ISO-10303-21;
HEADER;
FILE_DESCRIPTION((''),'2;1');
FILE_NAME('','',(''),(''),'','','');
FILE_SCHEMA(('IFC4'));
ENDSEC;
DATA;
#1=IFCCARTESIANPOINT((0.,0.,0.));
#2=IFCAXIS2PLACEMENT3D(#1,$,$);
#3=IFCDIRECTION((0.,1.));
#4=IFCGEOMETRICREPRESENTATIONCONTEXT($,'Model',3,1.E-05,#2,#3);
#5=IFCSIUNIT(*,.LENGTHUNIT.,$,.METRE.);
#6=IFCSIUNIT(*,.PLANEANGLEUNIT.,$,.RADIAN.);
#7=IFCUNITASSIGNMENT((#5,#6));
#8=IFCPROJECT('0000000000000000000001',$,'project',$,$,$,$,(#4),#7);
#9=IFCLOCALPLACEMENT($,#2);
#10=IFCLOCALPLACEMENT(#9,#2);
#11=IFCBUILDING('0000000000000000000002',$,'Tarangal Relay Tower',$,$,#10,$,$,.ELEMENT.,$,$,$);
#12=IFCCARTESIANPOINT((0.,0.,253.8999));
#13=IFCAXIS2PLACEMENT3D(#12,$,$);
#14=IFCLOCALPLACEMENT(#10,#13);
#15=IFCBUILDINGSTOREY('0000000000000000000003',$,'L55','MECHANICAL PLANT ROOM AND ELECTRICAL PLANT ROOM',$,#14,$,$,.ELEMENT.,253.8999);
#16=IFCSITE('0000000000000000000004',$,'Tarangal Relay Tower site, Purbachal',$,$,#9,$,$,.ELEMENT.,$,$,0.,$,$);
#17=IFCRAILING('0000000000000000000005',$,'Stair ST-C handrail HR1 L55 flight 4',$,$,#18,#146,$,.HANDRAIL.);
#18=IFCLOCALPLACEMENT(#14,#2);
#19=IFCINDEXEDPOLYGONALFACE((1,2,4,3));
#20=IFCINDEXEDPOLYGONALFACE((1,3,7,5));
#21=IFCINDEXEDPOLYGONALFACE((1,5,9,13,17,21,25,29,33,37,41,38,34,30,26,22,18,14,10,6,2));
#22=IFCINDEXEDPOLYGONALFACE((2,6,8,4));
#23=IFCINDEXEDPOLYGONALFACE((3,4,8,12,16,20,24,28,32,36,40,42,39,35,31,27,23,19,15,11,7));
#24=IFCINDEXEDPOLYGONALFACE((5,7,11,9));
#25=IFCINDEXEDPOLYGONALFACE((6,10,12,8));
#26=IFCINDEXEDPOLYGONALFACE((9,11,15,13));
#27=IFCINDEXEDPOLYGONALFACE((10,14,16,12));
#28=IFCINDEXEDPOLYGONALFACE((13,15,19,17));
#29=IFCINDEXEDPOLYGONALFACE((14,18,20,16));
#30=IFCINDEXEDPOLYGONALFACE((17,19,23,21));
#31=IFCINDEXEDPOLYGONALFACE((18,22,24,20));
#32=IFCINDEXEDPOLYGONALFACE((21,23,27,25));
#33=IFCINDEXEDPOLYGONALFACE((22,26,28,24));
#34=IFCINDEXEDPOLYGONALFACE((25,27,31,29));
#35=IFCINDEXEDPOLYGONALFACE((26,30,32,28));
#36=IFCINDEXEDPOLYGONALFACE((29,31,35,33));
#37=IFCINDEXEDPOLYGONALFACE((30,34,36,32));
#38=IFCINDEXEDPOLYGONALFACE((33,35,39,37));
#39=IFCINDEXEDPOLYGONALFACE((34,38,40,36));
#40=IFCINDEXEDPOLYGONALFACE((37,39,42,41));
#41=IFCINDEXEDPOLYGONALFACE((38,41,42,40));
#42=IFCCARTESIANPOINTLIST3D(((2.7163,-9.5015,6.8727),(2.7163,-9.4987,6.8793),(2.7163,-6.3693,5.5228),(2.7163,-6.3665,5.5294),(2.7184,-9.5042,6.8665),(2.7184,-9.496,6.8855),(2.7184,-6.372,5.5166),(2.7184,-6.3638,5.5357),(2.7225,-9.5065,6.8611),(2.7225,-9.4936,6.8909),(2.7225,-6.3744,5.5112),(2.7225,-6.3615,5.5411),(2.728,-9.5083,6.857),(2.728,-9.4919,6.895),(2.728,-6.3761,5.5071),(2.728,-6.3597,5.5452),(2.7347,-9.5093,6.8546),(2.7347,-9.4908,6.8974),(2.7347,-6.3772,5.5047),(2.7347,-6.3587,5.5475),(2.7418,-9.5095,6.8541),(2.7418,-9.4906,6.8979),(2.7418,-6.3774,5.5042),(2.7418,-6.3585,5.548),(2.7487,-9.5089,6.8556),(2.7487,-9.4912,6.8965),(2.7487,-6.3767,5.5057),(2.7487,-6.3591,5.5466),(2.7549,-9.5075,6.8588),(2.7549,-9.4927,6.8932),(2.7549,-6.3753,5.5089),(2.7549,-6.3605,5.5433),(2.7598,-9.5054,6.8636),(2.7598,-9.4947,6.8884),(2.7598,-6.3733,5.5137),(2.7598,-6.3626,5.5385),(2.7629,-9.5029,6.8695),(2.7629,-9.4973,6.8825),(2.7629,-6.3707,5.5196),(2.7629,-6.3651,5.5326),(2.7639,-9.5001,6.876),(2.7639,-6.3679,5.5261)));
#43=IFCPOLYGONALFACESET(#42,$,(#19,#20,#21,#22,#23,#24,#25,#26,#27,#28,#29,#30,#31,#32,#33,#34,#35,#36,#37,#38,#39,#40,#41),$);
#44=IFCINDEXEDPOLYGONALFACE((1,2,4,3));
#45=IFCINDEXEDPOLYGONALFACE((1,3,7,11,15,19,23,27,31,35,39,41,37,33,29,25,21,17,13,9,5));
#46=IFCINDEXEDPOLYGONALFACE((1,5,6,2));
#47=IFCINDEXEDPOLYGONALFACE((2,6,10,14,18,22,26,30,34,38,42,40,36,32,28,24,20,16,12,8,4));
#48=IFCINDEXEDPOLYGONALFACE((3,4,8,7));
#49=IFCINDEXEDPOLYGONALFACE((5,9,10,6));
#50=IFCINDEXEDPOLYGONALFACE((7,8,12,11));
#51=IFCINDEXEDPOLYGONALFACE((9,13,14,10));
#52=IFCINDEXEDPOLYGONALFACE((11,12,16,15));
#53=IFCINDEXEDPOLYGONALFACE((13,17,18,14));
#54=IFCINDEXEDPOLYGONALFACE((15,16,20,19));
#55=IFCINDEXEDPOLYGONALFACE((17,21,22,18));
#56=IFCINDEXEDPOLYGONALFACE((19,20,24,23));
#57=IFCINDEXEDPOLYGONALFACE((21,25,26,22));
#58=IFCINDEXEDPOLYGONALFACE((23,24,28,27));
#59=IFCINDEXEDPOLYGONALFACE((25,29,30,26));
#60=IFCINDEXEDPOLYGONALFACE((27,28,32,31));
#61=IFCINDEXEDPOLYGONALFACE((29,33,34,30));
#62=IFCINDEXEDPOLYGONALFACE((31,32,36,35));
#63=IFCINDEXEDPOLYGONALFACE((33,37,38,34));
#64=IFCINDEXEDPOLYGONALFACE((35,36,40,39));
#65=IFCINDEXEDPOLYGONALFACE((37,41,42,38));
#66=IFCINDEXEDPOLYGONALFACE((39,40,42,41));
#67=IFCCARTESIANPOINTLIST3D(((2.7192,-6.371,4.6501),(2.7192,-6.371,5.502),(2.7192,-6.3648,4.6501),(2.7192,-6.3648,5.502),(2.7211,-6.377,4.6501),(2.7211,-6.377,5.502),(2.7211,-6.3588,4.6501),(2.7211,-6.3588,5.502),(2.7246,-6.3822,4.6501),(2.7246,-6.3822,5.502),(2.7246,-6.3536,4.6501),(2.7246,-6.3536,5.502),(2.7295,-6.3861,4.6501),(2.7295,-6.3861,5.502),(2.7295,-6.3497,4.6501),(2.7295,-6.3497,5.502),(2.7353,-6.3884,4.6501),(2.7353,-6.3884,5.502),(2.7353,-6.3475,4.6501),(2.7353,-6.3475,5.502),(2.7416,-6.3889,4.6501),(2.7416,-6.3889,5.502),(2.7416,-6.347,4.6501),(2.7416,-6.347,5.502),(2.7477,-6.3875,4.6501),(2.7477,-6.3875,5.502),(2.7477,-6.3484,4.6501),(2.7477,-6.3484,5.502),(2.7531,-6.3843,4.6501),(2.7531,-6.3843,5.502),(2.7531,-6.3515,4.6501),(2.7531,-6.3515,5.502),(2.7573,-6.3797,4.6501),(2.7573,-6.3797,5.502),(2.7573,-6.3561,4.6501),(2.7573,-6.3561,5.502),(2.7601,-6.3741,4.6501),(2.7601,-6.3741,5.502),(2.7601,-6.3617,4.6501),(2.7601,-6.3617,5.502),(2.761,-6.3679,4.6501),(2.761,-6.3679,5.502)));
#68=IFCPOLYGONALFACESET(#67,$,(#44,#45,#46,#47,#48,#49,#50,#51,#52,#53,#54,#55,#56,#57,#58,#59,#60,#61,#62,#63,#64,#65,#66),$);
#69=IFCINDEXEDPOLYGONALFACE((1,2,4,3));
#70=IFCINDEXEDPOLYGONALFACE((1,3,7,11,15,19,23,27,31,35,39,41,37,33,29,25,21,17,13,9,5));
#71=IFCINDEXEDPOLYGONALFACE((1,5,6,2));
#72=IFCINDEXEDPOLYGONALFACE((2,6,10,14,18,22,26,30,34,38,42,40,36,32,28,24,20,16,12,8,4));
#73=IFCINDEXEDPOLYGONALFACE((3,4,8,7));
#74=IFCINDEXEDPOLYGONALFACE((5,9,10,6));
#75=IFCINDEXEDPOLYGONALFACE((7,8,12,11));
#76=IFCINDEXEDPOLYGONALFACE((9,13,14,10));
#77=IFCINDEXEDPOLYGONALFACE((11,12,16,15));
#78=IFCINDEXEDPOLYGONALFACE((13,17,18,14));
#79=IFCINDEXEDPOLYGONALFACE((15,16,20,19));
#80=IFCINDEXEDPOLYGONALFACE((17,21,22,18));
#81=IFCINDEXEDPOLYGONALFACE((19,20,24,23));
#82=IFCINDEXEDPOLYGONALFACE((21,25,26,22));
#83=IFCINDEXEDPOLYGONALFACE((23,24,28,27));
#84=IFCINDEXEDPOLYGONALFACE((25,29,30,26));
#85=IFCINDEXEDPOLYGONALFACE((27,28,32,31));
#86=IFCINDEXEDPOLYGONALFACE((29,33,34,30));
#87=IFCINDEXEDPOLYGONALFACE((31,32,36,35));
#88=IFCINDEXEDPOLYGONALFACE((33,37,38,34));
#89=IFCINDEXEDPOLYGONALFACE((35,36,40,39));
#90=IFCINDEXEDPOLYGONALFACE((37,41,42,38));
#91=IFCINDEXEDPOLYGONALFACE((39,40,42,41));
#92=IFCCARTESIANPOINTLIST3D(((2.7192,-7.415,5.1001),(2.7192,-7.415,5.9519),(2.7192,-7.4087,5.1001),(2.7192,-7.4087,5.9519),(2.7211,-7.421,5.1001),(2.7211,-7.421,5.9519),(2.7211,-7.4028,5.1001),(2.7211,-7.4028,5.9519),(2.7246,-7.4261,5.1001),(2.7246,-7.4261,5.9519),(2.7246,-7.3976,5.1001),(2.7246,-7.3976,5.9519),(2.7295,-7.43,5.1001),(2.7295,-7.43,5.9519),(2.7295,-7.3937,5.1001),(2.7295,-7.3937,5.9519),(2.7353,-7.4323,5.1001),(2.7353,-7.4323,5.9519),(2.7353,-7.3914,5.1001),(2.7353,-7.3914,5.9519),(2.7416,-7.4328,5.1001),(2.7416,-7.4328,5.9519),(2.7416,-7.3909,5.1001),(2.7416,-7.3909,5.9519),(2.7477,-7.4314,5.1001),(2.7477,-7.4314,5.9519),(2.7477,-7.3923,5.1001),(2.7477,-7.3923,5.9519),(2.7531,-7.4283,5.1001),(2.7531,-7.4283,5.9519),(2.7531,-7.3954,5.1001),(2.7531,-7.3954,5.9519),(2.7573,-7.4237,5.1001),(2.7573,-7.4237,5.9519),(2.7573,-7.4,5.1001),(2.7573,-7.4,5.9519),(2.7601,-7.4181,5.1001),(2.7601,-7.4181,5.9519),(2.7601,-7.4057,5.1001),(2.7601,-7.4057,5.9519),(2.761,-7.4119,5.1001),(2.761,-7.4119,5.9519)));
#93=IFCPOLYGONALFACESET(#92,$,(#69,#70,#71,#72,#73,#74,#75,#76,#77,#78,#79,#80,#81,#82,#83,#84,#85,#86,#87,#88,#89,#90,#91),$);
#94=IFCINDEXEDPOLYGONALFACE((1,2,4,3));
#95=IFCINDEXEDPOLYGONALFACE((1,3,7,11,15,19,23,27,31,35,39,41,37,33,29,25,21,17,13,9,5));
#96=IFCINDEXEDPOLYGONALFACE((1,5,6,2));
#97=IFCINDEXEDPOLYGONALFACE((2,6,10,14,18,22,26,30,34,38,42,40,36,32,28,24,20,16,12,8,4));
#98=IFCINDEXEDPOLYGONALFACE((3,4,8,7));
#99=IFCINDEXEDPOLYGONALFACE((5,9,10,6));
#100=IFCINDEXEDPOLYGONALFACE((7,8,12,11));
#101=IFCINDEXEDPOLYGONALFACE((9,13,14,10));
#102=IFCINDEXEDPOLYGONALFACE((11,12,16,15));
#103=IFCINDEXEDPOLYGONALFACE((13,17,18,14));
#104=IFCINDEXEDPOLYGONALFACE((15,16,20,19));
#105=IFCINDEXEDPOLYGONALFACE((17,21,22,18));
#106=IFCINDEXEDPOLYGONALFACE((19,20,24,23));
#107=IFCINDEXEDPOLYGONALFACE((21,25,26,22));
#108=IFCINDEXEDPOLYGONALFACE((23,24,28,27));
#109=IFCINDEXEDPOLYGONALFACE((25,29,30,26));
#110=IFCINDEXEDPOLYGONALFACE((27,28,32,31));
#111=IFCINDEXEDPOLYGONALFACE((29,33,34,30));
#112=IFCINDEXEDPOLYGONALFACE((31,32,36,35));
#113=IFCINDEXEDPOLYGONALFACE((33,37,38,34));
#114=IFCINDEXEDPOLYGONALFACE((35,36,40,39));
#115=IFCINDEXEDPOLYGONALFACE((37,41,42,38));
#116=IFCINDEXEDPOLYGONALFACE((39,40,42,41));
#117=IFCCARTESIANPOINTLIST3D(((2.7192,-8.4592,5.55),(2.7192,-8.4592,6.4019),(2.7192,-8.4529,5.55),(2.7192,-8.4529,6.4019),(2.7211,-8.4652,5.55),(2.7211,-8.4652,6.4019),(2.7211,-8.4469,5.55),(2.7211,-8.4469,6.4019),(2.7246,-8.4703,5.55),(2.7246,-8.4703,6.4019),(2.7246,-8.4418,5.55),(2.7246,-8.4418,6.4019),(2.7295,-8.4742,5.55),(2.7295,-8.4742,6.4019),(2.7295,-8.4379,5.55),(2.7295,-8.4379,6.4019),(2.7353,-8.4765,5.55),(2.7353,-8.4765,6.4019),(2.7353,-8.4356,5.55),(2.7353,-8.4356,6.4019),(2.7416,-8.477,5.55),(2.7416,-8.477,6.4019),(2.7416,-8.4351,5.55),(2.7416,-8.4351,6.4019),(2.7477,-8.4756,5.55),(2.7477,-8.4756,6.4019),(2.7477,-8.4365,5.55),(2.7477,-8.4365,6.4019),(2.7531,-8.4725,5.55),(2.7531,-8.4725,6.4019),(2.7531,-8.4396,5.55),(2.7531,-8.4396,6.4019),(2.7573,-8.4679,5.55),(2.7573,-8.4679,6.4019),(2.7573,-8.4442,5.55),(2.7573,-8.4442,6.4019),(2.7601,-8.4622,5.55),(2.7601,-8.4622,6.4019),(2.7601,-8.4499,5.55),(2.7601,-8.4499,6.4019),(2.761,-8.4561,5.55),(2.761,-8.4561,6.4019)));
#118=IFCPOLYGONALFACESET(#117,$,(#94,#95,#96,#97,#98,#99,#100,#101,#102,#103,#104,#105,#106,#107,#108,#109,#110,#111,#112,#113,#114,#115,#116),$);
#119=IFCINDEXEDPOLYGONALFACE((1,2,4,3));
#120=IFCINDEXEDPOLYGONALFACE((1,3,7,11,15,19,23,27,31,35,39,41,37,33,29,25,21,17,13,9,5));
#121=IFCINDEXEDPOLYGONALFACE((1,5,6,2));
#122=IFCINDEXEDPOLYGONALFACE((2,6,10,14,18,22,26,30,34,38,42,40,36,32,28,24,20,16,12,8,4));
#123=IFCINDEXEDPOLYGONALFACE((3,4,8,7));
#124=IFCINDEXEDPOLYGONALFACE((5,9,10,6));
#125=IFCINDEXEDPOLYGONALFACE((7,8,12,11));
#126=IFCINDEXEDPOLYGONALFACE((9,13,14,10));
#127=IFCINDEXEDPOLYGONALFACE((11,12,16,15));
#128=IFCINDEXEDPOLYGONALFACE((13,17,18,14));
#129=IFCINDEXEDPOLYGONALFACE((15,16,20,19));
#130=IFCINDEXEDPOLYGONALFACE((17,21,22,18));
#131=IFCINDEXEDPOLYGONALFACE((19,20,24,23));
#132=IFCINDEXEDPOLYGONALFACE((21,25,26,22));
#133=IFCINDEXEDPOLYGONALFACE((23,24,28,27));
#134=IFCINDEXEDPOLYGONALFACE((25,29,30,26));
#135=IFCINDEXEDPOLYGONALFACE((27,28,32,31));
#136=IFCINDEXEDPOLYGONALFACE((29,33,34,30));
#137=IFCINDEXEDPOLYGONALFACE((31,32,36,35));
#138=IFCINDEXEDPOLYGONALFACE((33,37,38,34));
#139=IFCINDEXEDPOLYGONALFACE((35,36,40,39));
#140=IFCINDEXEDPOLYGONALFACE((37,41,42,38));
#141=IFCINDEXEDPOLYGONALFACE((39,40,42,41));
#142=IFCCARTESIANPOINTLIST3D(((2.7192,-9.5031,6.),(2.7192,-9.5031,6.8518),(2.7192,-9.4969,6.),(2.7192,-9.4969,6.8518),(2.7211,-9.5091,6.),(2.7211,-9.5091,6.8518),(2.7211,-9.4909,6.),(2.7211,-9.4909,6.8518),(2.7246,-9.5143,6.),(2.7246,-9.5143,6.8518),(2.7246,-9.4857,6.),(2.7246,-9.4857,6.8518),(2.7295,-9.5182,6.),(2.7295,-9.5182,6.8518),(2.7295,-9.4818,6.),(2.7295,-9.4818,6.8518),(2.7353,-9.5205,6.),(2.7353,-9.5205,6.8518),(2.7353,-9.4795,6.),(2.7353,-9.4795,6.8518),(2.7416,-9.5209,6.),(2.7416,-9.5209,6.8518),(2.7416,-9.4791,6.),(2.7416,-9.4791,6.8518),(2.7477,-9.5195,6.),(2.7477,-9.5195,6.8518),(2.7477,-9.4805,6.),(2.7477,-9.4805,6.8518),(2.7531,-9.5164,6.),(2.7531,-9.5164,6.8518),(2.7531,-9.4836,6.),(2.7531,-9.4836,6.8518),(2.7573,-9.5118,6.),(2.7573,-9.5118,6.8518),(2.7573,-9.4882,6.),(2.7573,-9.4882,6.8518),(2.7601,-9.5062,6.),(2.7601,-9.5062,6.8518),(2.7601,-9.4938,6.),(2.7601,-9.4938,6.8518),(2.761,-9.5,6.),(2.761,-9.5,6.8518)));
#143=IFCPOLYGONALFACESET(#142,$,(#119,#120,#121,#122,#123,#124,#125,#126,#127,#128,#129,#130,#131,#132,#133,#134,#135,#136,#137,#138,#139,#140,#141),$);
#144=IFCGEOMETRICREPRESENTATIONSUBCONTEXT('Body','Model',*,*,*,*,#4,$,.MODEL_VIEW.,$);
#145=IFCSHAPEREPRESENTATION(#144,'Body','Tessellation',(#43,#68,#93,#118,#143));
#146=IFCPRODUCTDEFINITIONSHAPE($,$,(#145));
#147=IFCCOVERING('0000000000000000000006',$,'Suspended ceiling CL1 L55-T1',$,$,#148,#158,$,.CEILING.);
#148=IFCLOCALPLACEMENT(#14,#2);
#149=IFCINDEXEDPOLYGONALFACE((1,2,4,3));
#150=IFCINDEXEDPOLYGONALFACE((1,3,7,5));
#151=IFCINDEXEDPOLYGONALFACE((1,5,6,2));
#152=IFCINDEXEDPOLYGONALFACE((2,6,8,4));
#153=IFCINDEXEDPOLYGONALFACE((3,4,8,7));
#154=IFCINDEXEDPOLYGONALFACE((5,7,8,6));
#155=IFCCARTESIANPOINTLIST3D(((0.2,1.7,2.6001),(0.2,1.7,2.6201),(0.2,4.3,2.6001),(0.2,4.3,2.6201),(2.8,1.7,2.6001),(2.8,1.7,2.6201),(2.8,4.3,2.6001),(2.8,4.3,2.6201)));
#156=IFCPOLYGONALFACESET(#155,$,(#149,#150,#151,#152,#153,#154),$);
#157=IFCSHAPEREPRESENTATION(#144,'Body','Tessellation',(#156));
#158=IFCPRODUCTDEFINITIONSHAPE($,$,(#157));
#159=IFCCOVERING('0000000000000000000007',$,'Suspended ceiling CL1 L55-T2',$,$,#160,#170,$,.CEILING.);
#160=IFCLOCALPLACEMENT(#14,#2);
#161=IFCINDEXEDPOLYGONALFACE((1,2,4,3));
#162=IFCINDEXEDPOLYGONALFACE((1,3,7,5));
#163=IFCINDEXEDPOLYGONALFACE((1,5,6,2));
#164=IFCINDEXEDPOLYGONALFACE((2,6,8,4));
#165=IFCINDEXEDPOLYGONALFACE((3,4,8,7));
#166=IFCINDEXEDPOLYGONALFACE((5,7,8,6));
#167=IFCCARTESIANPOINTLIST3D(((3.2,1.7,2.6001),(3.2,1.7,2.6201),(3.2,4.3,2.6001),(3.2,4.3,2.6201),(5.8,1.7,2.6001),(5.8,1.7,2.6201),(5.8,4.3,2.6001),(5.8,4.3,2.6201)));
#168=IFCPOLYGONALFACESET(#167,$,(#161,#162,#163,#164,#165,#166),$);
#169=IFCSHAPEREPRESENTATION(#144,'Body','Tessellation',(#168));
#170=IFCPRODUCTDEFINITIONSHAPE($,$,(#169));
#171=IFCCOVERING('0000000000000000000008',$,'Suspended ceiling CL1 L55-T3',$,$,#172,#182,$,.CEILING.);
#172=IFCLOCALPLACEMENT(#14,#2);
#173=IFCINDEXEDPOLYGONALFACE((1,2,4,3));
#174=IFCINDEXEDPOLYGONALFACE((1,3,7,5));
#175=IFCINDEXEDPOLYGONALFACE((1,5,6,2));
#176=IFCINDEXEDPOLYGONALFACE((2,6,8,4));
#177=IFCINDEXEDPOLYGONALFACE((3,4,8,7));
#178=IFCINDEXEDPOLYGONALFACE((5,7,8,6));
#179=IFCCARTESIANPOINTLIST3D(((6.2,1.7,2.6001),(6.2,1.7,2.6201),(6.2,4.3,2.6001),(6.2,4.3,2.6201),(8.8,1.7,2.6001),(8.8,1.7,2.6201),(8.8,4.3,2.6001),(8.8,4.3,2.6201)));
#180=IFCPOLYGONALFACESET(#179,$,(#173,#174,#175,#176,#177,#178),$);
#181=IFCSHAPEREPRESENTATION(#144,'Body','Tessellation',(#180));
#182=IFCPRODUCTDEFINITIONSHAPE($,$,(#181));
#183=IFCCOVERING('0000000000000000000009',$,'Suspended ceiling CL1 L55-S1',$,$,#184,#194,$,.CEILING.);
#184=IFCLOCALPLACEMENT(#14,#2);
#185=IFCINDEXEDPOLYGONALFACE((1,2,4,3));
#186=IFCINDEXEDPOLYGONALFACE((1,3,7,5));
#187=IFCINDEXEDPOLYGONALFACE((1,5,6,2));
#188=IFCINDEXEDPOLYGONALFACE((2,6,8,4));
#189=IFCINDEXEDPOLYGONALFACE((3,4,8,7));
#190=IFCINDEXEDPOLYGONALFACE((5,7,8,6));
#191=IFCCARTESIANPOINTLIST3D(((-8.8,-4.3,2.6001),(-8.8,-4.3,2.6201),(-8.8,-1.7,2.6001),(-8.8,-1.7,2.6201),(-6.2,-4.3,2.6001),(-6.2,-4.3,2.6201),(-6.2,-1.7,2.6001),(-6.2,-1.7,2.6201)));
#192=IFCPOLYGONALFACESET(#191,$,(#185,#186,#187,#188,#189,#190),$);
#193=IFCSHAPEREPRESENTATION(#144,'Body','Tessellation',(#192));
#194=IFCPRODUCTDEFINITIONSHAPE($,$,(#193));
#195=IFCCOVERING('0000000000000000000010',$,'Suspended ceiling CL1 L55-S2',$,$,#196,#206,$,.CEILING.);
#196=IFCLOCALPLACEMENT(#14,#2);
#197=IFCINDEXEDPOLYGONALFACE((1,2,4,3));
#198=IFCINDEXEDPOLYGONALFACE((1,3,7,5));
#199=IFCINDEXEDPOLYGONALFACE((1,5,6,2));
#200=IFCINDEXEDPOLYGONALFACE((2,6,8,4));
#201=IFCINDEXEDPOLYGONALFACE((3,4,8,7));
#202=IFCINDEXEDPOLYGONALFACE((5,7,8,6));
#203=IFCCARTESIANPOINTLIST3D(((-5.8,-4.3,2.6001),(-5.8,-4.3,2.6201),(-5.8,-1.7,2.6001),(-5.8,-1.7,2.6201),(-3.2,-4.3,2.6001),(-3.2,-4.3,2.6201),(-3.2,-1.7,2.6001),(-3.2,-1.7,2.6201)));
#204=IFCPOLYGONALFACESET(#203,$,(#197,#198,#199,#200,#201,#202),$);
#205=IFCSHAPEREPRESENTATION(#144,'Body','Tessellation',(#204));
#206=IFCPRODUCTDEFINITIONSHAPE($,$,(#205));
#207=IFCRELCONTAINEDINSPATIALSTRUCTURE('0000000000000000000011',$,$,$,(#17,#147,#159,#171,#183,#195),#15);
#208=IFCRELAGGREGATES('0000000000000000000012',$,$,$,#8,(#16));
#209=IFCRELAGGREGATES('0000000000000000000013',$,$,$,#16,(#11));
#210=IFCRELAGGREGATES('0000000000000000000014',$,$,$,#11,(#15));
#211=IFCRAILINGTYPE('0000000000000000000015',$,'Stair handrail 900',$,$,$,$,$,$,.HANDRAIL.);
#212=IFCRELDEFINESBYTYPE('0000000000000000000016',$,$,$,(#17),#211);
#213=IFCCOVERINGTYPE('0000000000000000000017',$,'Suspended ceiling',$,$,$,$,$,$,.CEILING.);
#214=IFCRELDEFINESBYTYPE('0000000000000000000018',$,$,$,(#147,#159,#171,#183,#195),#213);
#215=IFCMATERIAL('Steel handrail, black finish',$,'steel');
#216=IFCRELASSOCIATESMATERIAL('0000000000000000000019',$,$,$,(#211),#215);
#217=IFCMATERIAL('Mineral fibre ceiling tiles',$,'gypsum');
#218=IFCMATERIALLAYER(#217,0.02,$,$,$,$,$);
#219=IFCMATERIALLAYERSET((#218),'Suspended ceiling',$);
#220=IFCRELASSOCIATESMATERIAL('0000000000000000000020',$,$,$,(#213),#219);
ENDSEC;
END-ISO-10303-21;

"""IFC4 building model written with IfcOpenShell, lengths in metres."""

from ifc_helpers import new_model, si_unit, direction, frame, origin, origin_2d, place, context, subcontext, project, spatial, polyline, circle, outline, extrude, material, layer, layer_set, type_object, element, save


model = new_model("IFC4")

# Units and contexts
model_context = context("Model", 3, precision=1e-05, world=origin(), true_north=direction((0.0, 1.0)))
body_context = subcontext(model_context, "Body", "Model", "MODEL_VIEW")
ifc_project = project(units=[si_unit("LENGTHUNIT", "METRE"), si_unit("PLANEANGLEUNIT", "RADIAN")], contexts=[model_context])

# Site, building, storey
site_placement = place(None, origin())
site = spatial("IfcSite", under=ifc_project, at=site_placement, Name="Tarangal Relay Tower site, Purbachal", CompositionType="ELEMENT", RefElevation=0.0)
building_placement = place(site_placement, origin())
building = spatial("IfcBuilding", under=site, at=building_placement, Name="Tarangal Relay Tower", CompositionType="ELEMENT")
storey_placement = place(building_placement, frame((0.0, 0.0, 253.8999)))
storey = spatial("IfcBuildingStorey", under=building, at=storey_placement, Name="L55", Description="MECHANICAL PLANT ROOM AND ELECTRICAL PLANT ROOM", CompositionType="ELEMENT", Elevation=253.8999)

# Railing
ifc_material_1 = material(Name="Steel handrail, black finish", Category="steel")
railing_type_1 = type_object("IfcRailingType", Name="Stair handrail 900", PredefinedType="HANDRAIL", material=ifc_material_1)
for number, where, name in (
    (1, (2.74, -6.3679, 4.6501), "Stair ST-C handrail HR1 L55 flight 4"),
):
    element("IfcRailing", number, at=place(storey_placement, frame(where)), inside=storey, type_object=railing_type_1, Name=name, PredefinedType="HANDRAIL", context=body_context, shape_type="SweptSolid", body=[
        extrude(circle(Radius=0.0239, at=origin_2d()), frame((0.0, 0.0, 0.876), z_axis=(0.0, -0.918343, 0.395785), x_axis=(1.0, 0.0, 0.0)), (0.0, 0.0, 1.0), 3.4106),
        extrude(circle(Radius=0.021, at=origin_2d()), origin(), (0.0, 0.0, 1.0), 0.8518),
        extrude(circle(Radius=0.021, at=origin_2d()), frame((0.0, -1.0439, 0.45)), (0.0, 0.0, 1.0), 0.8518),
        extrude(circle(Radius=0.021, at=origin_2d()), frame((0.0, -2.0881, 0.8999)), (0.0, 0.0, 1.0), 0.8518),
        extrude(circle(Radius=0.021, at=origin_2d()), frame((0.0, -3.1321, 1.3499)), (0.0, 0.0, 1.0), 0.8518),
    ])

# Coverings
ifc_material_2 = material(Name="Mineral fibre ceiling tiles", Category="gypsum")
ifc_layer_1 = layer(ifc_material_2, 0.02)
ifc_layer_set_1 = layer_set([ifc_layer_1], Name="Suspended ceiling")
covering_type_1 = type_object("IfcCoveringType", Name="Suspended ceiling", PredefinedType="CEILING", material=ifc_layer_set_1)
covering_1_placement = place(storey_placement, frame((0.0, 0.0, 2.6001)))
element("IfcCovering", 2, at=covering_1_placement, inside=storey, type_object=covering_type_1, Name="Suspended ceiling CL1 L55-T1", PredefinedType="CEILING", context=body_context, shape_type="SweptSolid", body=[
    extrude(outline(polyline([(0.2, 1.7), (2.8, 1.7), (2.8, 4.3), (0.2, 4.3), (0.2, 1.7)])), origin(), (0.0, 0.0, 1.0), 0.02),
])
covering_2_placement = place(storey_placement, frame((0.0, 0.0, 2.6001)))
element("IfcCovering", 3, at=covering_2_placement, inside=storey, type_object=covering_type_1, Name="Suspended ceiling CL1 L55-T2", PredefinedType="CEILING", context=body_context, shape_type="SweptSolid", body=[
    extrude(outline(polyline([(3.2, 1.7), (5.8, 1.7), (5.8, 4.3), (3.2, 4.3), (3.2, 1.7)])), origin(), (0.0, 0.0, 1.0), 0.02),
])
covering_3_placement = place(storey_placement, frame((0.0, 0.0, 2.6001)))
element("IfcCovering", 4, at=covering_3_placement, inside=storey, type_object=covering_type_1, Name="Suspended ceiling CL1 L55-T3", PredefinedType="CEILING", context=body_context, shape_type="SweptSolid", body=[
    extrude(outline(polyline([(6.2, 1.7), (8.8, 1.7), (8.8, 4.3), (6.2, 4.3), (6.2, 1.7)])), origin(), (0.0, 0.0, 1.0), 0.02),
])
covering_4_placement = place(storey_placement, frame((0.0, 0.0, 2.6001)))
element("IfcCovering", 5, at=covering_4_placement, inside=storey, type_object=covering_type_1, Name="Suspended ceiling CL1 L55-S1", PredefinedType="CEILING", context=body_context, shape_type="SweptSolid", body=[
    extrude(outline(polyline([(-8.8, -4.3), (-6.2, -4.3), (-6.2, -1.7), (-8.8, -1.7), (-8.8, -4.3)])), origin(), (0.0, 0.0, 1.0), 0.02),
])
covering_5_placement = place(storey_placement, frame((0.0, 0.0, 2.6001)))
element("IfcCovering", 6, at=covering_5_placement, inside=storey, type_object=covering_type_1, Name="Suspended ceiling CL1 L55-S2", PredefinedType="CEILING", context=body_context, shape_type="SweptSolid", body=[
    extrude(outline(polyline([(-5.8, -4.3), (-3.2, -4.3), (-3.2, -1.7), (-5.8, -1.7), (-5.8, -4.3)])), origin(), (0.0, 0.0, 1.0), 0.02),
])

save(model, "model.ifc")
